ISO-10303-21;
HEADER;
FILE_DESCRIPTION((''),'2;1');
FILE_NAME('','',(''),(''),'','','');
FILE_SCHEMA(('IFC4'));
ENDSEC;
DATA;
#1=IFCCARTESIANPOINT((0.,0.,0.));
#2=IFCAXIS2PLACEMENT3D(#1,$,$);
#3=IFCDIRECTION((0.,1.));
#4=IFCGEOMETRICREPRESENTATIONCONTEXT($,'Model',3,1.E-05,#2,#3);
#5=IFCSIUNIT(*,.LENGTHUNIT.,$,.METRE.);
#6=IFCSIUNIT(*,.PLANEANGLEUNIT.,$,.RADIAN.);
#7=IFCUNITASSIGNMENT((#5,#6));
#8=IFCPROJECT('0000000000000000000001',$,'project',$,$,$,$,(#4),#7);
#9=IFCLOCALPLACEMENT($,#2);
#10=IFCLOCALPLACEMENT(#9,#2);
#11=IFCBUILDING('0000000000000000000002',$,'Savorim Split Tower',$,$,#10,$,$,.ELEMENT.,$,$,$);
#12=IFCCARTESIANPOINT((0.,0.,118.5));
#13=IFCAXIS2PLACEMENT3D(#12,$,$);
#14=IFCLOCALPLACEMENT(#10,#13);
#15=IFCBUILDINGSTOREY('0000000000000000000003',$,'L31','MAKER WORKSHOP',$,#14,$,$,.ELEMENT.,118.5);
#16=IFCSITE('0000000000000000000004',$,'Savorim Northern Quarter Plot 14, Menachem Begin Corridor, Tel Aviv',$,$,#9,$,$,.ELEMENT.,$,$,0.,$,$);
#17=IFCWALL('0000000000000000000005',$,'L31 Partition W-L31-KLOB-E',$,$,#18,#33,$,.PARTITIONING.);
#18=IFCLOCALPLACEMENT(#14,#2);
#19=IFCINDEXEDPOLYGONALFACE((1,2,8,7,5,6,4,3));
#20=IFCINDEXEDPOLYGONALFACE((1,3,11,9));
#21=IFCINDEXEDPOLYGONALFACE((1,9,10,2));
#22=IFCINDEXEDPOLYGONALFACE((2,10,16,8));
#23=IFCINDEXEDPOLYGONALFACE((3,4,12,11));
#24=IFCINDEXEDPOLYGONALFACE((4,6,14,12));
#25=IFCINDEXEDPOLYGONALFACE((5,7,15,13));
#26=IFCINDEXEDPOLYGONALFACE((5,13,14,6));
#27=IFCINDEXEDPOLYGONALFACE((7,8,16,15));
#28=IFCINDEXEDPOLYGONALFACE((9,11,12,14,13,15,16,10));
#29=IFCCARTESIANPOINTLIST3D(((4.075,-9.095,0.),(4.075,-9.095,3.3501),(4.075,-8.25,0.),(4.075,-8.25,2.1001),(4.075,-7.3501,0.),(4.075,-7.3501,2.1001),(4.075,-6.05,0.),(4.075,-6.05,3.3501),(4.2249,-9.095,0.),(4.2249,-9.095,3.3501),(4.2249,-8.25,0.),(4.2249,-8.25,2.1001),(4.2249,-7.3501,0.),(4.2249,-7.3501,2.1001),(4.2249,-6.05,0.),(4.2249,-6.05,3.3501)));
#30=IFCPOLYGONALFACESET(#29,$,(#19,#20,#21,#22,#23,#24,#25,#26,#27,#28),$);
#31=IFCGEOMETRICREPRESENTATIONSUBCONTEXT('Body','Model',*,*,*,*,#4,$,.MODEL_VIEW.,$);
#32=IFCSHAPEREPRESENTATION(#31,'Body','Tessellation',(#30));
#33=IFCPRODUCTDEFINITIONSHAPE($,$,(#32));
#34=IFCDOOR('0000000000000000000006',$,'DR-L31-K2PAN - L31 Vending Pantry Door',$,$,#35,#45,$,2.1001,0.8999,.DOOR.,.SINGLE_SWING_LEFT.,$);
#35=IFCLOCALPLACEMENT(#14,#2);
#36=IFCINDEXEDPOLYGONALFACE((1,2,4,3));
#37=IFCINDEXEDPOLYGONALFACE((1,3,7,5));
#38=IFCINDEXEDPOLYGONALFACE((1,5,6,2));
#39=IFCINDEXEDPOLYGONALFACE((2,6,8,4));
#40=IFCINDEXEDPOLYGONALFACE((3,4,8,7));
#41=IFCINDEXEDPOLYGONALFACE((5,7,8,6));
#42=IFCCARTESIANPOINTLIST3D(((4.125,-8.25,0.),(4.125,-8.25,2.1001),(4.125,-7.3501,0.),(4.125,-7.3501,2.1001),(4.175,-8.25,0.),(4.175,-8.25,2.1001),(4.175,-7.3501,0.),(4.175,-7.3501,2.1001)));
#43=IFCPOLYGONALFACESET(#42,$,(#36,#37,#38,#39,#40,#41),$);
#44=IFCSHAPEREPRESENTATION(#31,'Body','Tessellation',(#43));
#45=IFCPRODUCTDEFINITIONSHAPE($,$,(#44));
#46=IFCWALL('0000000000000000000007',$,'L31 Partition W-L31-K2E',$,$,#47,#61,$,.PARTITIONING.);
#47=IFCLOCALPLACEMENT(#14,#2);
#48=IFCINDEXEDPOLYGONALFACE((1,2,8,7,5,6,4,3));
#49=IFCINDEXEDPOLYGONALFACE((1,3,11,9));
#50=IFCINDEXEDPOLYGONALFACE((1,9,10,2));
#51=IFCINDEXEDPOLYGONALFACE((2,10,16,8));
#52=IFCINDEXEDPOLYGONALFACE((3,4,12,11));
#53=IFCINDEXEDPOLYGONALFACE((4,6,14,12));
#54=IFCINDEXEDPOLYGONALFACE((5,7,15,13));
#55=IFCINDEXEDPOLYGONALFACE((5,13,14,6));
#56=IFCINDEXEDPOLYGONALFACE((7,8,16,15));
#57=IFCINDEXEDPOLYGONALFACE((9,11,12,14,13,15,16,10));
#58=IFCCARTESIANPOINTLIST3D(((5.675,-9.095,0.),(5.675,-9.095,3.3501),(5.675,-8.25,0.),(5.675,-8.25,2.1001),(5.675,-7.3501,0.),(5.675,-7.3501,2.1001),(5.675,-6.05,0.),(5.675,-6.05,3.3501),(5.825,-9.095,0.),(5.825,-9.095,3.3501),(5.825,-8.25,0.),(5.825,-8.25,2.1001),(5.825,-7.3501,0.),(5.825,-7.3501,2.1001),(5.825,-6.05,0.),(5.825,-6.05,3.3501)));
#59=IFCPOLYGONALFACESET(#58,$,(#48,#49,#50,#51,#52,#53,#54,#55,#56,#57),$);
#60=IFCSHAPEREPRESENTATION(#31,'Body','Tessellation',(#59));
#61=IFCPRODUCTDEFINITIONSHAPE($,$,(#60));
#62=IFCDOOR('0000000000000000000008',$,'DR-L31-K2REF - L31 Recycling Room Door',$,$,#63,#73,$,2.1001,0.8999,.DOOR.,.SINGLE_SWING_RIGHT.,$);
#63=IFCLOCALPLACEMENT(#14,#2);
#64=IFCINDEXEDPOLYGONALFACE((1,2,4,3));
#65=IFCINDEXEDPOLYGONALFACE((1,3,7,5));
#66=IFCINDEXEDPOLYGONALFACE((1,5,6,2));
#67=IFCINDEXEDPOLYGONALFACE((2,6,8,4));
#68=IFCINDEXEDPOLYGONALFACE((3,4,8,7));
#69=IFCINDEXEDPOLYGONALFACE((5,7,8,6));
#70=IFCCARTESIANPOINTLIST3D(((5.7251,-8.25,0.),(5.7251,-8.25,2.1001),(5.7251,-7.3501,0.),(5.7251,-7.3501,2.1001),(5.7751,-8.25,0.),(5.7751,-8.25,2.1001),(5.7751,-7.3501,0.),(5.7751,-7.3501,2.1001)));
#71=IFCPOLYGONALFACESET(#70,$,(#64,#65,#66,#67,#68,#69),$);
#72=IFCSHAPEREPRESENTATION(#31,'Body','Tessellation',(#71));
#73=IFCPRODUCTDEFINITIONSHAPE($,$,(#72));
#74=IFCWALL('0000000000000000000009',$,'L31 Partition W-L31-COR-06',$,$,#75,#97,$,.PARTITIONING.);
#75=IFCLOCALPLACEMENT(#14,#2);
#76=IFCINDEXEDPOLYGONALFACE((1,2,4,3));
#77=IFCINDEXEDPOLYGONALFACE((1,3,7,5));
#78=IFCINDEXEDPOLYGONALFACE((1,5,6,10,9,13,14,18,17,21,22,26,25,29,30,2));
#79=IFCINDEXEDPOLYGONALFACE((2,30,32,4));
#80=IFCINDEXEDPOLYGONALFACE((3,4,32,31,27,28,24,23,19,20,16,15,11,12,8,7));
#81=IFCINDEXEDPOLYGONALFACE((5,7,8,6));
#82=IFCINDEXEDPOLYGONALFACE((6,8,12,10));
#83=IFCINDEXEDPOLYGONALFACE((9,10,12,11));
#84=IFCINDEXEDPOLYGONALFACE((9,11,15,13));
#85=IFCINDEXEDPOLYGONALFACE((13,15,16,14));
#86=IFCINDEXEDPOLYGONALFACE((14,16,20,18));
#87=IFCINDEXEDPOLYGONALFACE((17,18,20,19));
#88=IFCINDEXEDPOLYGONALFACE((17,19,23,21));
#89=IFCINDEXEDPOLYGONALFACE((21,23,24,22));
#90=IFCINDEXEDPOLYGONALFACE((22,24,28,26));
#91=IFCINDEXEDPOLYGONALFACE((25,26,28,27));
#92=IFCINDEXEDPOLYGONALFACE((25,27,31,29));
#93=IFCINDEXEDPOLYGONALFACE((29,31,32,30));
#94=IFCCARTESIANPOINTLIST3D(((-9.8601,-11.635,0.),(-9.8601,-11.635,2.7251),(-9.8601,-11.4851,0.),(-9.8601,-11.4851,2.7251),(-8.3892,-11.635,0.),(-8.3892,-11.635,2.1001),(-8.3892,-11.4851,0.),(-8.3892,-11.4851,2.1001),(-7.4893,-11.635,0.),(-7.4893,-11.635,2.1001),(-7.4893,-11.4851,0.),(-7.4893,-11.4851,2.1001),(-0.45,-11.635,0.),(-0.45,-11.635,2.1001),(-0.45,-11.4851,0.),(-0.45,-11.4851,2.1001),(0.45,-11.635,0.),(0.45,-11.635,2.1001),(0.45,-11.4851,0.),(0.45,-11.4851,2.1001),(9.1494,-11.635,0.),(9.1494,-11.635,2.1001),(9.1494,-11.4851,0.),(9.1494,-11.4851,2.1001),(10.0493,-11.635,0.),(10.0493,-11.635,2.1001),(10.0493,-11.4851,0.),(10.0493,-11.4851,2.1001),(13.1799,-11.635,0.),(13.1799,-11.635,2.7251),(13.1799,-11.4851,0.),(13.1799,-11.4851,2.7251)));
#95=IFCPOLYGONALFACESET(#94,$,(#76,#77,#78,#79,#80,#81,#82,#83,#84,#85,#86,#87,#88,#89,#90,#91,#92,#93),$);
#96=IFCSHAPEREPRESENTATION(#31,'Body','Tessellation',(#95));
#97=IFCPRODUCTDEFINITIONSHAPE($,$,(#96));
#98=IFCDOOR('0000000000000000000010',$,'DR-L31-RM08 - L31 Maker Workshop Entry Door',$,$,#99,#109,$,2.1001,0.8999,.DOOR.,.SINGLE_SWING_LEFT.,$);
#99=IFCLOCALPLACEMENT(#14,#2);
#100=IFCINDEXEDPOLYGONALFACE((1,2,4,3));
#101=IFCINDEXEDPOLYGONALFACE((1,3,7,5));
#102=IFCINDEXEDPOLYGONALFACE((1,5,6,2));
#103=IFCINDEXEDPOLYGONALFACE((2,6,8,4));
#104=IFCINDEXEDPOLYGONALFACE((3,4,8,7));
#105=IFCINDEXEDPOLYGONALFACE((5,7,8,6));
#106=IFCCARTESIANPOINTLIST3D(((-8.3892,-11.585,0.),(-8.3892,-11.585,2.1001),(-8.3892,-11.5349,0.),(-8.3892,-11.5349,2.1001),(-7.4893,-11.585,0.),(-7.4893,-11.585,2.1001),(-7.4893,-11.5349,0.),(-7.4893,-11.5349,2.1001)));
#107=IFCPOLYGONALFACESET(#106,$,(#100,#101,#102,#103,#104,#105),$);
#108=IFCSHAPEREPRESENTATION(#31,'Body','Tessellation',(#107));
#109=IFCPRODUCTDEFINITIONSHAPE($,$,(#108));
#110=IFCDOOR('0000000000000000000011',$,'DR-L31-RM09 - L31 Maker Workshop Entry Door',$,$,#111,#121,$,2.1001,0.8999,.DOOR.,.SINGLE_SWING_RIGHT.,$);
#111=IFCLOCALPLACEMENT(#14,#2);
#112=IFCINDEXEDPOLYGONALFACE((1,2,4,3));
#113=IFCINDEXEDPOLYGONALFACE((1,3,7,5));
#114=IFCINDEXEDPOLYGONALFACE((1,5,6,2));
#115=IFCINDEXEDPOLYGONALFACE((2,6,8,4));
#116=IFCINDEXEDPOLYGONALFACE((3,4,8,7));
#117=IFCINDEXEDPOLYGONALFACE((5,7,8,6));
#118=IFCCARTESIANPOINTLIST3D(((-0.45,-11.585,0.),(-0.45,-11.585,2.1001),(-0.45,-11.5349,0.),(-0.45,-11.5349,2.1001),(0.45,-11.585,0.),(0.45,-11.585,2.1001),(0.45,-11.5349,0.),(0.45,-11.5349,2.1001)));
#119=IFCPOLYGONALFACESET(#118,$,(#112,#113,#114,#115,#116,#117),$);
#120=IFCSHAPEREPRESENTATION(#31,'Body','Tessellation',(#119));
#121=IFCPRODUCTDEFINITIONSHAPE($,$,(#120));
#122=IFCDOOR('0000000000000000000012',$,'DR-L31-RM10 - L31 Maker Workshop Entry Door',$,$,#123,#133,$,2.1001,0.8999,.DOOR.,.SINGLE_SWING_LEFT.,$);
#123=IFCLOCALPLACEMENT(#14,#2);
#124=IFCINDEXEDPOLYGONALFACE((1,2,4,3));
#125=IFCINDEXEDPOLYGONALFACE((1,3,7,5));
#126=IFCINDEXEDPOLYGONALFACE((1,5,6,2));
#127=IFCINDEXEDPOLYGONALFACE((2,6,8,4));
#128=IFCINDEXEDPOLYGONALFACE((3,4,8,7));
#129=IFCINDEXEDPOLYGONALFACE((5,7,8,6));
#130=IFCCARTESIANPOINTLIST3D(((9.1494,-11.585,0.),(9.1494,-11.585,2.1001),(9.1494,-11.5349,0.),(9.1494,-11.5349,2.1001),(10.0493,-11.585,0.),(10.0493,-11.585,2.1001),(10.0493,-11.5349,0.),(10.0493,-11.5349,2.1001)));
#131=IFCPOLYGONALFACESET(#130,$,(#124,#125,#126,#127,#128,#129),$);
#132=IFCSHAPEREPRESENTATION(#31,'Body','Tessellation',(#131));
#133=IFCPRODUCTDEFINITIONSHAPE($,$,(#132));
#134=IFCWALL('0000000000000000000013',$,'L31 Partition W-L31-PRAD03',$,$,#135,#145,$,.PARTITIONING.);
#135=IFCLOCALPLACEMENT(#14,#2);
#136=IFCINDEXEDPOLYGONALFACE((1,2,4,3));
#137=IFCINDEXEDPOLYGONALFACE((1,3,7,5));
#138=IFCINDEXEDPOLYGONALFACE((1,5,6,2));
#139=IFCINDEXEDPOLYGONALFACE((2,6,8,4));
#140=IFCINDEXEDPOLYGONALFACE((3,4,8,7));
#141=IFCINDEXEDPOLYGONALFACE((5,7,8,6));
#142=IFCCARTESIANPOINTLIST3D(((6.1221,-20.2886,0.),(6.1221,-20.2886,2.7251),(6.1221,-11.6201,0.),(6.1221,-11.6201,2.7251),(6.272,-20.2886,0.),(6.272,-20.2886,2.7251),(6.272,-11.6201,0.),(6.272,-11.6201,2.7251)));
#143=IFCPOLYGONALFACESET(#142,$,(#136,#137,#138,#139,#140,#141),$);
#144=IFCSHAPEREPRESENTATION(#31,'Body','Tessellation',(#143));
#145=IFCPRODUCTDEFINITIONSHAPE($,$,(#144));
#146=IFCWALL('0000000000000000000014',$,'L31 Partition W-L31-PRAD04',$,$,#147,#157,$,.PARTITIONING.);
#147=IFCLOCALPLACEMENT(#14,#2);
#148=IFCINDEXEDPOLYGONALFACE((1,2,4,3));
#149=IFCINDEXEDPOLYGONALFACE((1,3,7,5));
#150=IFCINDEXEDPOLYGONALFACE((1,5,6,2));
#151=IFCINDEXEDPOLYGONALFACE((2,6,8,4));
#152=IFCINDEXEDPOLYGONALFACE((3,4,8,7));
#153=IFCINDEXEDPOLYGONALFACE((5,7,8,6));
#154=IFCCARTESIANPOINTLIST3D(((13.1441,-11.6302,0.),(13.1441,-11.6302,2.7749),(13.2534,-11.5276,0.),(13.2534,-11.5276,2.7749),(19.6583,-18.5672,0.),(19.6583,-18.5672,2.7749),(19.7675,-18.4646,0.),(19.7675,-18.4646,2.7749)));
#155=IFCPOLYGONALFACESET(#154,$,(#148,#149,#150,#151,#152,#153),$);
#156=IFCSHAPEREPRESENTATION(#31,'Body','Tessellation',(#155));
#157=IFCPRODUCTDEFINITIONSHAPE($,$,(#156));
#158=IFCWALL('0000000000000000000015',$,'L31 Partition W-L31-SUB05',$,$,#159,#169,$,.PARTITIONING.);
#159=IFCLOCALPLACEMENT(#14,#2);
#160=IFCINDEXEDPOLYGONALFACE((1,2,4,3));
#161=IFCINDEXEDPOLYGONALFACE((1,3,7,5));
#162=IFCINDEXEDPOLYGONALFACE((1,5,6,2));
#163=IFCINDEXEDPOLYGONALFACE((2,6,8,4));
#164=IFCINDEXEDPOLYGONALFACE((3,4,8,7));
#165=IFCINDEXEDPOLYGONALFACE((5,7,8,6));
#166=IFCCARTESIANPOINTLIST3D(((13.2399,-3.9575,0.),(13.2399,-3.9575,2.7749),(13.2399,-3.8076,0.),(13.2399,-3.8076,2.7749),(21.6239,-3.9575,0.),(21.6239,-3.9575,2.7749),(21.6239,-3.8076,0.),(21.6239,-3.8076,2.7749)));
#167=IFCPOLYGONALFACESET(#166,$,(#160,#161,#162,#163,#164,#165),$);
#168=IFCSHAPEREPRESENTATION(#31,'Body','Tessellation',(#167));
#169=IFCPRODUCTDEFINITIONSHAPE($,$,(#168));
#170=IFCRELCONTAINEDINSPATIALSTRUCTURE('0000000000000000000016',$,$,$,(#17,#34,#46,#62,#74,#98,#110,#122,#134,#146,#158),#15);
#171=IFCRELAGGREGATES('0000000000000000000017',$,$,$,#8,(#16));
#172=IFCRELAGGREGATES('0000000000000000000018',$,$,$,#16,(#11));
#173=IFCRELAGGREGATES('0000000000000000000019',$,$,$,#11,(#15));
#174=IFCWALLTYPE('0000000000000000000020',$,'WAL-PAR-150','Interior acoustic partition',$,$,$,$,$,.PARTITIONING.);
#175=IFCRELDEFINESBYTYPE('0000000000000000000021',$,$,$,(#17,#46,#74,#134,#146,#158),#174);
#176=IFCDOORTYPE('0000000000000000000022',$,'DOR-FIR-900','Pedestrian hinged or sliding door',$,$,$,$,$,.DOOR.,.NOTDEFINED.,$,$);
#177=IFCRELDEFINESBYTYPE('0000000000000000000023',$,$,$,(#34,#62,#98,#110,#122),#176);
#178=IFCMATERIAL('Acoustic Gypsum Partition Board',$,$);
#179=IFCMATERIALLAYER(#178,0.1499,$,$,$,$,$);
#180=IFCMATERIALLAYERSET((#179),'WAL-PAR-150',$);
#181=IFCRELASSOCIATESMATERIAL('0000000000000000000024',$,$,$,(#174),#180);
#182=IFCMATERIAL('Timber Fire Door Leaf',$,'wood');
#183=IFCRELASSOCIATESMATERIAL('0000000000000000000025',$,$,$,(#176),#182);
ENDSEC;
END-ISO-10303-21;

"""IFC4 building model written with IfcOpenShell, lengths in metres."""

from ifc_helpers import new_model, si_unit, direction, frame, frame_2d, origin, place, context, subcontext, project, spatial, rectangle, extrude, material, layer, layer_set, type_object, element, fill, save


model = new_model("IFC4")

# Units and contexts
model_context = context("Model", 3, precision=1e-05, world=origin(), true_north=direction((0.0, 1.0)))
body_context = subcontext(model_context, "Body", "Model", "MODEL_VIEW")
ifc_project = project(units=[si_unit("LENGTHUNIT", "METRE"), si_unit("PLANEANGLEUNIT", "RADIAN")], contexts=[model_context])

# Site, building, storey
site_placement = place(None, origin())
site = spatial("IfcSite", under=ifc_project, at=site_placement, Name="Savorim Northern Quarter Plot 14, Menachem Begin Corridor, Tel Aviv", CompositionType="ELEMENT", RefElevation=0.0)
building_placement = place(site_placement, origin())
building = spatial("IfcBuilding", under=site, at=building_placement, Name="Savorim Split Tower", CompositionType="ELEMENT")
storey_placement = place(building_placement, frame((0.0, 0.0, 118.5)))
storey = spatial("IfcBuildingStorey", under=building, at=storey_placement, Name="L31", Description="MAKER WORKSHOP", CompositionType="ELEMENT", Elevation=118.5)

# Shared definitions
ifc_material_1 = material(Name="Timber Fire Door Leaf", Category="wood")

# Walls, openings, doors
ifc_material_2 = material(Name="Acoustic Gypsum Partition Board")
ifc_layer_1 = layer(ifc_material_2, 0.1499)
ifc_layer_set_1 = layer_set([ifc_layer_1], Name="WAL-PAR-150")
wall_type_1 = type_object("IfcWallType", Name="WAL-PAR-150", Description="Interior acoustic partition", PredefinedType="PARTITIONING", material=ifc_layer_set_1)
wall_1_placement = place(storey_placement, frame((4.1499, -9.095, 0.0), z_axis=(0.0, 0.0, 1.0), x_axis=(0.0, 1.0, 0.0)))
wall_1 = element("IfcWall", 1, at=wall_1_placement, inside=storey, type_object=wall_type_1, Name="L31 Partition W-L31-KLOB-E", PredefinedType="PARTITIONING", context=body_context, shape_type="SweptSolid", body=[
    extrude(rectangle(XDim=3.0449, YDim=0.1499, at=frame_2d((1.5225, 0.0))), origin(), (0.0, 0.0, 1.0), 3.3501),
])
opening_1_placement = place(wall_1_placement, frame((0.845, 0.0, 0.0)))
opening_1 = element("IfcOpeningElement", 2, at=opening_1_placement, cuts=wall_1, PredefinedType="OPENING", context=body_context, shape_type="SweptSolid", body=[
    extrude(rectangle(XDim=0.8999, YDim=2.1001, at=frame_2d((0.45, 1.05))), frame((0.0, 0.085, 0.0), z_axis=(0.0, -1.0, 0.0), x_axis=(1.0, 0.0, 0.0)), (0.0, 0.0, 1.0), 0.1699),
])
door_type_1 = type_object("IfcDoorType", Name="DOR-FIR-900", Description="Pedestrian hinged or sliding door", OperationType="NOTDEFINED", PredefinedType="DOOR", material=ifc_material_1)
door_1_placement = place(opening_1_placement, origin())
door_1 = element("IfcDoor", 3, at=door_1_placement, inside=storey, type_object=door_type_1, Name="DR-L31-K2PAN - L31 Vending Pantry Door", OperationType="SINGLE_SWING_LEFT", OverallHeight=2.1001, OverallWidth=0.8999, PredefinedType="DOOR", context=body_context, shape_type="SweptSolid", body=[
    extrude(rectangle(XDim=0.8999, YDim=2.1001, at=frame_2d((0.45, 1.05))), frame((0.0, 0.0249, 0.0), z_axis=(0.0, -1.0, 0.0), x_axis=(1.0, 0.0, 0.0)), (0.0, 0.0, 1.0), 0.05),
])
fill(opening_1, door_1)
wall_2_placement = place(storey_placement, frame((5.75, -9.095, 0.0), z_axis=(0.0, 0.0, 1.0), x_axis=(0.0, 1.0, 0.0)))
wall_2 = element("IfcWall", 4, at=wall_2_placement, inside=storey, type_object=wall_type_1, Name="L31 Partition W-L31-K2E", PredefinedType="PARTITIONING", context=body_context, shape_type="SweptSolid", body=[
    extrude(rectangle(XDim=3.0449, YDim=0.1499, at=frame_2d((1.5225, 0.0))), origin(), (0.0, 0.0, 1.0), 3.3501),
])
opening_2_placement = place(wall_2_placement, frame((0.845, 0.0, 0.0)))
opening_2 = element("IfcOpeningElement", 5, at=opening_2_placement, cuts=wall_2, PredefinedType="OPENING", context=body_context, shape_type="SweptSolid", body=[
    extrude(rectangle(XDim=0.8999, YDim=2.1001, at=frame_2d((0.45, 1.05))), frame((0.0, 0.085, 0.0), z_axis=(0.0, -1.0, 0.0), x_axis=(1.0, 0.0, 0.0)), (0.0, 0.0, 1.0), 0.1699),
])
door_2_placement = place(opening_2_placement, origin())
door_2 = element("IfcDoor", 6, at=door_2_placement, inside=storey, type_object=door_type_1, Name="DR-L31-K2REF - L31 Recycling Room Door", OperationType="SINGLE_SWING_RIGHT", OverallHeight=2.1001, OverallWidth=0.8999, PredefinedType="DOOR", context=body_context, shape_type="SweptSolid", body=[
    extrude(rectangle(XDim=0.8999, YDim=2.1001, at=frame_2d((0.45, 1.05))), frame((0.0, 0.0249, 0.0), z_axis=(0.0, -1.0, 0.0), x_axis=(1.0, 0.0, 0.0)), (0.0, 0.0, 1.0), 0.05),
])
fill(opening_2, door_2)

# Wall, openings, doors
wall_3_placement = place(storey_placement, frame((13.1799, -11.5601, 0.0), z_axis=(0.0, 0.0, 1.0), x_axis=(-1.0, 0.0, 0.0)))
wall_3 = element("IfcWall", 7, at=wall_3_placement, inside=storey, type_object=wall_type_1, Name="L31 Partition W-L31-COR-06", PredefinedType="PARTITIONING", context=body_context, shape_type="SweptSolid", body=[
    extrude(rectangle(XDim=23.04, YDim=0.1499, at=frame_2d((11.52, 0.0))), origin(), (0.0, 0.0, 1.0), 2.7251),
])
opening_3_placement = place(wall_3_placement, frame((20.6692, 0.0, 0.0)))
opening_3 = element("IfcOpeningElement", 8, at=opening_3_placement, cuts=wall_3, PredefinedType="OPENING", context=body_context, shape_type="SweptSolid", body=[
    extrude(rectangle(XDim=0.8999, YDim=2.1001, at=frame_2d((0.45, 1.05))), frame((0.0, 0.085, 0.0), z_axis=(0.0, -1.0, 0.0), x_axis=(1.0, 0.0, 0.0)), (0.0, 0.0, 1.0), 0.1699),
])
opening_4_placement = place(wall_3_placement, frame((12.73, 0.0, 0.0)))
opening_4 = element("IfcOpeningElement", 9, at=opening_4_placement, cuts=wall_3, PredefinedType="OPENING", context=body_context, shape_type="SweptSolid", body=[
    extrude(rectangle(XDim=0.8999, YDim=2.1001, at=frame_2d((0.45, 1.05))), frame((0.0, 0.085, 0.0), z_axis=(0.0, -1.0, 0.0), x_axis=(1.0, 0.0, 0.0)), (0.0, 0.0, 1.0), 0.1699),
])
opening_5_placement = place(wall_3_placement, frame((3.1306, 0.0, 0.0)))
opening_5 = element("IfcOpeningElement", 10, at=opening_5_placement, cuts=wall_3, PredefinedType="OPENING", context=body_context, shape_type="SweptSolid", body=[
    extrude(rectangle(XDim=0.8999, YDim=2.1001, at=frame_2d((0.45, 1.05))), frame((0.0, 0.085, 0.0), z_axis=(0.0, -1.0, 0.0), x_axis=(1.0, 0.0, 0.0)), (0.0, 0.0, 1.0), 0.1699),
])
door_3_placement = place(opening_3_placement, origin())
door_3 = element("IfcDoor", 11, at=door_3_placement, inside=storey, type_object=door_type_1, Name="DR-L31-RM08 - L31 Maker Workshop Entry Door", OperationType="SINGLE_SWING_LEFT", OverallHeight=2.1001, OverallWidth=0.8999, PredefinedType="DOOR", context=body_context, shape_type="SweptSolid", body=[
    extrude(rectangle(XDim=0.8999, YDim=2.1001, at=frame_2d((0.45, 1.05))), frame((0.0, 0.0249, 0.0), z_axis=(0.0, -1.0, 0.0), x_axis=(1.0, 0.0, 0.0)), (0.0, 0.0, 1.0), 0.05),
])
fill(opening_3, door_3)
door_4_placement = place(opening_4_placement, origin())
door_4 = element("IfcDoor", 12, at=door_4_placement, inside=storey, type_object=door_type_1, Name="DR-L31-RM09 - L31 Maker Workshop Entry Door", OperationType="SINGLE_SWING_RIGHT", OverallHeight=2.1001, OverallWidth=0.8999, PredefinedType="DOOR", context=body_context, shape_type="SweptSolid", body=[
    extrude(rectangle(XDim=0.8999, YDim=2.1001, at=frame_2d((0.45, 1.05))), frame((0.0, 0.0249, 0.0), z_axis=(0.0, -1.0, 0.0), x_axis=(1.0, 0.0, 0.0)), (0.0, 0.0, 1.0), 0.05),
])
fill(opening_4, door_4)
door_5_placement = place(opening_5_placement, origin())
door_5 = element("IfcDoor", 13, at=door_5_placement, inside=storey, type_object=door_type_1, Name="DR-L31-RM10 - L31 Maker Workshop Entry Door", OperationType="SINGLE_SWING_LEFT", OverallHeight=2.1001, OverallWidth=0.8999, PredefinedType="DOOR", context=body_context, shape_type="SweptSolid", body=[
    extrude(rectangle(XDim=0.8999, YDim=2.1001, at=frame_2d((0.45, 1.05))), frame((0.0, 0.0249, 0.0), z_axis=(0.0, -1.0, 0.0), x_axis=(1.0, 0.0, 0.0)), (0.0, 0.0, 1.0), 0.05),
])
fill(opening_5, door_5)

# Walls
wall_4_placement = place(storey_placement, frame((6.197, -11.6201, 0.0), z_axis=(0.0, 0.0, 1.0), x_axis=(0.0, -1.0, 0.0)))
element("IfcWall", 14, at=wall_4_placement, inside=storey, type_object=wall_type_1, Name="L31 Partition W-L31-PRAD03", PredefinedType="PARTITIONING", context=body_context, shape_type="SweptSolid", body=[
    extrude(rectangle(XDim=8.6685, YDim=0.1499, at=frame_2d((4.3342, 0.0))), origin(), (0.0, 0.0, 1.0), 2.7251),
])
wall_5_placement = place(storey_placement, frame((13.1987, -11.5789, 0.0), z_axis=(0.0, 0.0, 1.0), x_axis=(0.68454, -0.728975, 0.0)))
element("IfcWall", 15, at=wall_5_placement, inside=storey, type_object=wall_type_1, Name="L31 Partition W-L31-PRAD04", PredefinedType="PARTITIONING", context=body_context, shape_type="SweptSolid", body=[
    extrude(rectangle(XDim=9.5161, YDim=0.1499, at=frame_2d((4.7581, 0.0))), origin(), (0.0, 0.0, 1.0), 2.7749),
])
wall_6_placement = place(storey_placement, frame((13.24, -3.8826, 0.0), z_axis=(0.0, 0.0, 1.0), x_axis=(1.0, 0.0, 0.0)))
element("IfcWall", 16, at=wall_6_placement, inside=storey, type_object=wall_type_1, Name="L31 Partition W-L31-SUB05", PredefinedType="PARTITIONING", context=body_context, shape_type="SweptSolid", body=[
    extrude(rectangle(XDim=8.384, YDim=0.1499, at=frame_2d((4.1919, 0.0))), origin(), (0.0, 0.0, 1.0), 2.7749),
])

save(model, "model.ifc")
